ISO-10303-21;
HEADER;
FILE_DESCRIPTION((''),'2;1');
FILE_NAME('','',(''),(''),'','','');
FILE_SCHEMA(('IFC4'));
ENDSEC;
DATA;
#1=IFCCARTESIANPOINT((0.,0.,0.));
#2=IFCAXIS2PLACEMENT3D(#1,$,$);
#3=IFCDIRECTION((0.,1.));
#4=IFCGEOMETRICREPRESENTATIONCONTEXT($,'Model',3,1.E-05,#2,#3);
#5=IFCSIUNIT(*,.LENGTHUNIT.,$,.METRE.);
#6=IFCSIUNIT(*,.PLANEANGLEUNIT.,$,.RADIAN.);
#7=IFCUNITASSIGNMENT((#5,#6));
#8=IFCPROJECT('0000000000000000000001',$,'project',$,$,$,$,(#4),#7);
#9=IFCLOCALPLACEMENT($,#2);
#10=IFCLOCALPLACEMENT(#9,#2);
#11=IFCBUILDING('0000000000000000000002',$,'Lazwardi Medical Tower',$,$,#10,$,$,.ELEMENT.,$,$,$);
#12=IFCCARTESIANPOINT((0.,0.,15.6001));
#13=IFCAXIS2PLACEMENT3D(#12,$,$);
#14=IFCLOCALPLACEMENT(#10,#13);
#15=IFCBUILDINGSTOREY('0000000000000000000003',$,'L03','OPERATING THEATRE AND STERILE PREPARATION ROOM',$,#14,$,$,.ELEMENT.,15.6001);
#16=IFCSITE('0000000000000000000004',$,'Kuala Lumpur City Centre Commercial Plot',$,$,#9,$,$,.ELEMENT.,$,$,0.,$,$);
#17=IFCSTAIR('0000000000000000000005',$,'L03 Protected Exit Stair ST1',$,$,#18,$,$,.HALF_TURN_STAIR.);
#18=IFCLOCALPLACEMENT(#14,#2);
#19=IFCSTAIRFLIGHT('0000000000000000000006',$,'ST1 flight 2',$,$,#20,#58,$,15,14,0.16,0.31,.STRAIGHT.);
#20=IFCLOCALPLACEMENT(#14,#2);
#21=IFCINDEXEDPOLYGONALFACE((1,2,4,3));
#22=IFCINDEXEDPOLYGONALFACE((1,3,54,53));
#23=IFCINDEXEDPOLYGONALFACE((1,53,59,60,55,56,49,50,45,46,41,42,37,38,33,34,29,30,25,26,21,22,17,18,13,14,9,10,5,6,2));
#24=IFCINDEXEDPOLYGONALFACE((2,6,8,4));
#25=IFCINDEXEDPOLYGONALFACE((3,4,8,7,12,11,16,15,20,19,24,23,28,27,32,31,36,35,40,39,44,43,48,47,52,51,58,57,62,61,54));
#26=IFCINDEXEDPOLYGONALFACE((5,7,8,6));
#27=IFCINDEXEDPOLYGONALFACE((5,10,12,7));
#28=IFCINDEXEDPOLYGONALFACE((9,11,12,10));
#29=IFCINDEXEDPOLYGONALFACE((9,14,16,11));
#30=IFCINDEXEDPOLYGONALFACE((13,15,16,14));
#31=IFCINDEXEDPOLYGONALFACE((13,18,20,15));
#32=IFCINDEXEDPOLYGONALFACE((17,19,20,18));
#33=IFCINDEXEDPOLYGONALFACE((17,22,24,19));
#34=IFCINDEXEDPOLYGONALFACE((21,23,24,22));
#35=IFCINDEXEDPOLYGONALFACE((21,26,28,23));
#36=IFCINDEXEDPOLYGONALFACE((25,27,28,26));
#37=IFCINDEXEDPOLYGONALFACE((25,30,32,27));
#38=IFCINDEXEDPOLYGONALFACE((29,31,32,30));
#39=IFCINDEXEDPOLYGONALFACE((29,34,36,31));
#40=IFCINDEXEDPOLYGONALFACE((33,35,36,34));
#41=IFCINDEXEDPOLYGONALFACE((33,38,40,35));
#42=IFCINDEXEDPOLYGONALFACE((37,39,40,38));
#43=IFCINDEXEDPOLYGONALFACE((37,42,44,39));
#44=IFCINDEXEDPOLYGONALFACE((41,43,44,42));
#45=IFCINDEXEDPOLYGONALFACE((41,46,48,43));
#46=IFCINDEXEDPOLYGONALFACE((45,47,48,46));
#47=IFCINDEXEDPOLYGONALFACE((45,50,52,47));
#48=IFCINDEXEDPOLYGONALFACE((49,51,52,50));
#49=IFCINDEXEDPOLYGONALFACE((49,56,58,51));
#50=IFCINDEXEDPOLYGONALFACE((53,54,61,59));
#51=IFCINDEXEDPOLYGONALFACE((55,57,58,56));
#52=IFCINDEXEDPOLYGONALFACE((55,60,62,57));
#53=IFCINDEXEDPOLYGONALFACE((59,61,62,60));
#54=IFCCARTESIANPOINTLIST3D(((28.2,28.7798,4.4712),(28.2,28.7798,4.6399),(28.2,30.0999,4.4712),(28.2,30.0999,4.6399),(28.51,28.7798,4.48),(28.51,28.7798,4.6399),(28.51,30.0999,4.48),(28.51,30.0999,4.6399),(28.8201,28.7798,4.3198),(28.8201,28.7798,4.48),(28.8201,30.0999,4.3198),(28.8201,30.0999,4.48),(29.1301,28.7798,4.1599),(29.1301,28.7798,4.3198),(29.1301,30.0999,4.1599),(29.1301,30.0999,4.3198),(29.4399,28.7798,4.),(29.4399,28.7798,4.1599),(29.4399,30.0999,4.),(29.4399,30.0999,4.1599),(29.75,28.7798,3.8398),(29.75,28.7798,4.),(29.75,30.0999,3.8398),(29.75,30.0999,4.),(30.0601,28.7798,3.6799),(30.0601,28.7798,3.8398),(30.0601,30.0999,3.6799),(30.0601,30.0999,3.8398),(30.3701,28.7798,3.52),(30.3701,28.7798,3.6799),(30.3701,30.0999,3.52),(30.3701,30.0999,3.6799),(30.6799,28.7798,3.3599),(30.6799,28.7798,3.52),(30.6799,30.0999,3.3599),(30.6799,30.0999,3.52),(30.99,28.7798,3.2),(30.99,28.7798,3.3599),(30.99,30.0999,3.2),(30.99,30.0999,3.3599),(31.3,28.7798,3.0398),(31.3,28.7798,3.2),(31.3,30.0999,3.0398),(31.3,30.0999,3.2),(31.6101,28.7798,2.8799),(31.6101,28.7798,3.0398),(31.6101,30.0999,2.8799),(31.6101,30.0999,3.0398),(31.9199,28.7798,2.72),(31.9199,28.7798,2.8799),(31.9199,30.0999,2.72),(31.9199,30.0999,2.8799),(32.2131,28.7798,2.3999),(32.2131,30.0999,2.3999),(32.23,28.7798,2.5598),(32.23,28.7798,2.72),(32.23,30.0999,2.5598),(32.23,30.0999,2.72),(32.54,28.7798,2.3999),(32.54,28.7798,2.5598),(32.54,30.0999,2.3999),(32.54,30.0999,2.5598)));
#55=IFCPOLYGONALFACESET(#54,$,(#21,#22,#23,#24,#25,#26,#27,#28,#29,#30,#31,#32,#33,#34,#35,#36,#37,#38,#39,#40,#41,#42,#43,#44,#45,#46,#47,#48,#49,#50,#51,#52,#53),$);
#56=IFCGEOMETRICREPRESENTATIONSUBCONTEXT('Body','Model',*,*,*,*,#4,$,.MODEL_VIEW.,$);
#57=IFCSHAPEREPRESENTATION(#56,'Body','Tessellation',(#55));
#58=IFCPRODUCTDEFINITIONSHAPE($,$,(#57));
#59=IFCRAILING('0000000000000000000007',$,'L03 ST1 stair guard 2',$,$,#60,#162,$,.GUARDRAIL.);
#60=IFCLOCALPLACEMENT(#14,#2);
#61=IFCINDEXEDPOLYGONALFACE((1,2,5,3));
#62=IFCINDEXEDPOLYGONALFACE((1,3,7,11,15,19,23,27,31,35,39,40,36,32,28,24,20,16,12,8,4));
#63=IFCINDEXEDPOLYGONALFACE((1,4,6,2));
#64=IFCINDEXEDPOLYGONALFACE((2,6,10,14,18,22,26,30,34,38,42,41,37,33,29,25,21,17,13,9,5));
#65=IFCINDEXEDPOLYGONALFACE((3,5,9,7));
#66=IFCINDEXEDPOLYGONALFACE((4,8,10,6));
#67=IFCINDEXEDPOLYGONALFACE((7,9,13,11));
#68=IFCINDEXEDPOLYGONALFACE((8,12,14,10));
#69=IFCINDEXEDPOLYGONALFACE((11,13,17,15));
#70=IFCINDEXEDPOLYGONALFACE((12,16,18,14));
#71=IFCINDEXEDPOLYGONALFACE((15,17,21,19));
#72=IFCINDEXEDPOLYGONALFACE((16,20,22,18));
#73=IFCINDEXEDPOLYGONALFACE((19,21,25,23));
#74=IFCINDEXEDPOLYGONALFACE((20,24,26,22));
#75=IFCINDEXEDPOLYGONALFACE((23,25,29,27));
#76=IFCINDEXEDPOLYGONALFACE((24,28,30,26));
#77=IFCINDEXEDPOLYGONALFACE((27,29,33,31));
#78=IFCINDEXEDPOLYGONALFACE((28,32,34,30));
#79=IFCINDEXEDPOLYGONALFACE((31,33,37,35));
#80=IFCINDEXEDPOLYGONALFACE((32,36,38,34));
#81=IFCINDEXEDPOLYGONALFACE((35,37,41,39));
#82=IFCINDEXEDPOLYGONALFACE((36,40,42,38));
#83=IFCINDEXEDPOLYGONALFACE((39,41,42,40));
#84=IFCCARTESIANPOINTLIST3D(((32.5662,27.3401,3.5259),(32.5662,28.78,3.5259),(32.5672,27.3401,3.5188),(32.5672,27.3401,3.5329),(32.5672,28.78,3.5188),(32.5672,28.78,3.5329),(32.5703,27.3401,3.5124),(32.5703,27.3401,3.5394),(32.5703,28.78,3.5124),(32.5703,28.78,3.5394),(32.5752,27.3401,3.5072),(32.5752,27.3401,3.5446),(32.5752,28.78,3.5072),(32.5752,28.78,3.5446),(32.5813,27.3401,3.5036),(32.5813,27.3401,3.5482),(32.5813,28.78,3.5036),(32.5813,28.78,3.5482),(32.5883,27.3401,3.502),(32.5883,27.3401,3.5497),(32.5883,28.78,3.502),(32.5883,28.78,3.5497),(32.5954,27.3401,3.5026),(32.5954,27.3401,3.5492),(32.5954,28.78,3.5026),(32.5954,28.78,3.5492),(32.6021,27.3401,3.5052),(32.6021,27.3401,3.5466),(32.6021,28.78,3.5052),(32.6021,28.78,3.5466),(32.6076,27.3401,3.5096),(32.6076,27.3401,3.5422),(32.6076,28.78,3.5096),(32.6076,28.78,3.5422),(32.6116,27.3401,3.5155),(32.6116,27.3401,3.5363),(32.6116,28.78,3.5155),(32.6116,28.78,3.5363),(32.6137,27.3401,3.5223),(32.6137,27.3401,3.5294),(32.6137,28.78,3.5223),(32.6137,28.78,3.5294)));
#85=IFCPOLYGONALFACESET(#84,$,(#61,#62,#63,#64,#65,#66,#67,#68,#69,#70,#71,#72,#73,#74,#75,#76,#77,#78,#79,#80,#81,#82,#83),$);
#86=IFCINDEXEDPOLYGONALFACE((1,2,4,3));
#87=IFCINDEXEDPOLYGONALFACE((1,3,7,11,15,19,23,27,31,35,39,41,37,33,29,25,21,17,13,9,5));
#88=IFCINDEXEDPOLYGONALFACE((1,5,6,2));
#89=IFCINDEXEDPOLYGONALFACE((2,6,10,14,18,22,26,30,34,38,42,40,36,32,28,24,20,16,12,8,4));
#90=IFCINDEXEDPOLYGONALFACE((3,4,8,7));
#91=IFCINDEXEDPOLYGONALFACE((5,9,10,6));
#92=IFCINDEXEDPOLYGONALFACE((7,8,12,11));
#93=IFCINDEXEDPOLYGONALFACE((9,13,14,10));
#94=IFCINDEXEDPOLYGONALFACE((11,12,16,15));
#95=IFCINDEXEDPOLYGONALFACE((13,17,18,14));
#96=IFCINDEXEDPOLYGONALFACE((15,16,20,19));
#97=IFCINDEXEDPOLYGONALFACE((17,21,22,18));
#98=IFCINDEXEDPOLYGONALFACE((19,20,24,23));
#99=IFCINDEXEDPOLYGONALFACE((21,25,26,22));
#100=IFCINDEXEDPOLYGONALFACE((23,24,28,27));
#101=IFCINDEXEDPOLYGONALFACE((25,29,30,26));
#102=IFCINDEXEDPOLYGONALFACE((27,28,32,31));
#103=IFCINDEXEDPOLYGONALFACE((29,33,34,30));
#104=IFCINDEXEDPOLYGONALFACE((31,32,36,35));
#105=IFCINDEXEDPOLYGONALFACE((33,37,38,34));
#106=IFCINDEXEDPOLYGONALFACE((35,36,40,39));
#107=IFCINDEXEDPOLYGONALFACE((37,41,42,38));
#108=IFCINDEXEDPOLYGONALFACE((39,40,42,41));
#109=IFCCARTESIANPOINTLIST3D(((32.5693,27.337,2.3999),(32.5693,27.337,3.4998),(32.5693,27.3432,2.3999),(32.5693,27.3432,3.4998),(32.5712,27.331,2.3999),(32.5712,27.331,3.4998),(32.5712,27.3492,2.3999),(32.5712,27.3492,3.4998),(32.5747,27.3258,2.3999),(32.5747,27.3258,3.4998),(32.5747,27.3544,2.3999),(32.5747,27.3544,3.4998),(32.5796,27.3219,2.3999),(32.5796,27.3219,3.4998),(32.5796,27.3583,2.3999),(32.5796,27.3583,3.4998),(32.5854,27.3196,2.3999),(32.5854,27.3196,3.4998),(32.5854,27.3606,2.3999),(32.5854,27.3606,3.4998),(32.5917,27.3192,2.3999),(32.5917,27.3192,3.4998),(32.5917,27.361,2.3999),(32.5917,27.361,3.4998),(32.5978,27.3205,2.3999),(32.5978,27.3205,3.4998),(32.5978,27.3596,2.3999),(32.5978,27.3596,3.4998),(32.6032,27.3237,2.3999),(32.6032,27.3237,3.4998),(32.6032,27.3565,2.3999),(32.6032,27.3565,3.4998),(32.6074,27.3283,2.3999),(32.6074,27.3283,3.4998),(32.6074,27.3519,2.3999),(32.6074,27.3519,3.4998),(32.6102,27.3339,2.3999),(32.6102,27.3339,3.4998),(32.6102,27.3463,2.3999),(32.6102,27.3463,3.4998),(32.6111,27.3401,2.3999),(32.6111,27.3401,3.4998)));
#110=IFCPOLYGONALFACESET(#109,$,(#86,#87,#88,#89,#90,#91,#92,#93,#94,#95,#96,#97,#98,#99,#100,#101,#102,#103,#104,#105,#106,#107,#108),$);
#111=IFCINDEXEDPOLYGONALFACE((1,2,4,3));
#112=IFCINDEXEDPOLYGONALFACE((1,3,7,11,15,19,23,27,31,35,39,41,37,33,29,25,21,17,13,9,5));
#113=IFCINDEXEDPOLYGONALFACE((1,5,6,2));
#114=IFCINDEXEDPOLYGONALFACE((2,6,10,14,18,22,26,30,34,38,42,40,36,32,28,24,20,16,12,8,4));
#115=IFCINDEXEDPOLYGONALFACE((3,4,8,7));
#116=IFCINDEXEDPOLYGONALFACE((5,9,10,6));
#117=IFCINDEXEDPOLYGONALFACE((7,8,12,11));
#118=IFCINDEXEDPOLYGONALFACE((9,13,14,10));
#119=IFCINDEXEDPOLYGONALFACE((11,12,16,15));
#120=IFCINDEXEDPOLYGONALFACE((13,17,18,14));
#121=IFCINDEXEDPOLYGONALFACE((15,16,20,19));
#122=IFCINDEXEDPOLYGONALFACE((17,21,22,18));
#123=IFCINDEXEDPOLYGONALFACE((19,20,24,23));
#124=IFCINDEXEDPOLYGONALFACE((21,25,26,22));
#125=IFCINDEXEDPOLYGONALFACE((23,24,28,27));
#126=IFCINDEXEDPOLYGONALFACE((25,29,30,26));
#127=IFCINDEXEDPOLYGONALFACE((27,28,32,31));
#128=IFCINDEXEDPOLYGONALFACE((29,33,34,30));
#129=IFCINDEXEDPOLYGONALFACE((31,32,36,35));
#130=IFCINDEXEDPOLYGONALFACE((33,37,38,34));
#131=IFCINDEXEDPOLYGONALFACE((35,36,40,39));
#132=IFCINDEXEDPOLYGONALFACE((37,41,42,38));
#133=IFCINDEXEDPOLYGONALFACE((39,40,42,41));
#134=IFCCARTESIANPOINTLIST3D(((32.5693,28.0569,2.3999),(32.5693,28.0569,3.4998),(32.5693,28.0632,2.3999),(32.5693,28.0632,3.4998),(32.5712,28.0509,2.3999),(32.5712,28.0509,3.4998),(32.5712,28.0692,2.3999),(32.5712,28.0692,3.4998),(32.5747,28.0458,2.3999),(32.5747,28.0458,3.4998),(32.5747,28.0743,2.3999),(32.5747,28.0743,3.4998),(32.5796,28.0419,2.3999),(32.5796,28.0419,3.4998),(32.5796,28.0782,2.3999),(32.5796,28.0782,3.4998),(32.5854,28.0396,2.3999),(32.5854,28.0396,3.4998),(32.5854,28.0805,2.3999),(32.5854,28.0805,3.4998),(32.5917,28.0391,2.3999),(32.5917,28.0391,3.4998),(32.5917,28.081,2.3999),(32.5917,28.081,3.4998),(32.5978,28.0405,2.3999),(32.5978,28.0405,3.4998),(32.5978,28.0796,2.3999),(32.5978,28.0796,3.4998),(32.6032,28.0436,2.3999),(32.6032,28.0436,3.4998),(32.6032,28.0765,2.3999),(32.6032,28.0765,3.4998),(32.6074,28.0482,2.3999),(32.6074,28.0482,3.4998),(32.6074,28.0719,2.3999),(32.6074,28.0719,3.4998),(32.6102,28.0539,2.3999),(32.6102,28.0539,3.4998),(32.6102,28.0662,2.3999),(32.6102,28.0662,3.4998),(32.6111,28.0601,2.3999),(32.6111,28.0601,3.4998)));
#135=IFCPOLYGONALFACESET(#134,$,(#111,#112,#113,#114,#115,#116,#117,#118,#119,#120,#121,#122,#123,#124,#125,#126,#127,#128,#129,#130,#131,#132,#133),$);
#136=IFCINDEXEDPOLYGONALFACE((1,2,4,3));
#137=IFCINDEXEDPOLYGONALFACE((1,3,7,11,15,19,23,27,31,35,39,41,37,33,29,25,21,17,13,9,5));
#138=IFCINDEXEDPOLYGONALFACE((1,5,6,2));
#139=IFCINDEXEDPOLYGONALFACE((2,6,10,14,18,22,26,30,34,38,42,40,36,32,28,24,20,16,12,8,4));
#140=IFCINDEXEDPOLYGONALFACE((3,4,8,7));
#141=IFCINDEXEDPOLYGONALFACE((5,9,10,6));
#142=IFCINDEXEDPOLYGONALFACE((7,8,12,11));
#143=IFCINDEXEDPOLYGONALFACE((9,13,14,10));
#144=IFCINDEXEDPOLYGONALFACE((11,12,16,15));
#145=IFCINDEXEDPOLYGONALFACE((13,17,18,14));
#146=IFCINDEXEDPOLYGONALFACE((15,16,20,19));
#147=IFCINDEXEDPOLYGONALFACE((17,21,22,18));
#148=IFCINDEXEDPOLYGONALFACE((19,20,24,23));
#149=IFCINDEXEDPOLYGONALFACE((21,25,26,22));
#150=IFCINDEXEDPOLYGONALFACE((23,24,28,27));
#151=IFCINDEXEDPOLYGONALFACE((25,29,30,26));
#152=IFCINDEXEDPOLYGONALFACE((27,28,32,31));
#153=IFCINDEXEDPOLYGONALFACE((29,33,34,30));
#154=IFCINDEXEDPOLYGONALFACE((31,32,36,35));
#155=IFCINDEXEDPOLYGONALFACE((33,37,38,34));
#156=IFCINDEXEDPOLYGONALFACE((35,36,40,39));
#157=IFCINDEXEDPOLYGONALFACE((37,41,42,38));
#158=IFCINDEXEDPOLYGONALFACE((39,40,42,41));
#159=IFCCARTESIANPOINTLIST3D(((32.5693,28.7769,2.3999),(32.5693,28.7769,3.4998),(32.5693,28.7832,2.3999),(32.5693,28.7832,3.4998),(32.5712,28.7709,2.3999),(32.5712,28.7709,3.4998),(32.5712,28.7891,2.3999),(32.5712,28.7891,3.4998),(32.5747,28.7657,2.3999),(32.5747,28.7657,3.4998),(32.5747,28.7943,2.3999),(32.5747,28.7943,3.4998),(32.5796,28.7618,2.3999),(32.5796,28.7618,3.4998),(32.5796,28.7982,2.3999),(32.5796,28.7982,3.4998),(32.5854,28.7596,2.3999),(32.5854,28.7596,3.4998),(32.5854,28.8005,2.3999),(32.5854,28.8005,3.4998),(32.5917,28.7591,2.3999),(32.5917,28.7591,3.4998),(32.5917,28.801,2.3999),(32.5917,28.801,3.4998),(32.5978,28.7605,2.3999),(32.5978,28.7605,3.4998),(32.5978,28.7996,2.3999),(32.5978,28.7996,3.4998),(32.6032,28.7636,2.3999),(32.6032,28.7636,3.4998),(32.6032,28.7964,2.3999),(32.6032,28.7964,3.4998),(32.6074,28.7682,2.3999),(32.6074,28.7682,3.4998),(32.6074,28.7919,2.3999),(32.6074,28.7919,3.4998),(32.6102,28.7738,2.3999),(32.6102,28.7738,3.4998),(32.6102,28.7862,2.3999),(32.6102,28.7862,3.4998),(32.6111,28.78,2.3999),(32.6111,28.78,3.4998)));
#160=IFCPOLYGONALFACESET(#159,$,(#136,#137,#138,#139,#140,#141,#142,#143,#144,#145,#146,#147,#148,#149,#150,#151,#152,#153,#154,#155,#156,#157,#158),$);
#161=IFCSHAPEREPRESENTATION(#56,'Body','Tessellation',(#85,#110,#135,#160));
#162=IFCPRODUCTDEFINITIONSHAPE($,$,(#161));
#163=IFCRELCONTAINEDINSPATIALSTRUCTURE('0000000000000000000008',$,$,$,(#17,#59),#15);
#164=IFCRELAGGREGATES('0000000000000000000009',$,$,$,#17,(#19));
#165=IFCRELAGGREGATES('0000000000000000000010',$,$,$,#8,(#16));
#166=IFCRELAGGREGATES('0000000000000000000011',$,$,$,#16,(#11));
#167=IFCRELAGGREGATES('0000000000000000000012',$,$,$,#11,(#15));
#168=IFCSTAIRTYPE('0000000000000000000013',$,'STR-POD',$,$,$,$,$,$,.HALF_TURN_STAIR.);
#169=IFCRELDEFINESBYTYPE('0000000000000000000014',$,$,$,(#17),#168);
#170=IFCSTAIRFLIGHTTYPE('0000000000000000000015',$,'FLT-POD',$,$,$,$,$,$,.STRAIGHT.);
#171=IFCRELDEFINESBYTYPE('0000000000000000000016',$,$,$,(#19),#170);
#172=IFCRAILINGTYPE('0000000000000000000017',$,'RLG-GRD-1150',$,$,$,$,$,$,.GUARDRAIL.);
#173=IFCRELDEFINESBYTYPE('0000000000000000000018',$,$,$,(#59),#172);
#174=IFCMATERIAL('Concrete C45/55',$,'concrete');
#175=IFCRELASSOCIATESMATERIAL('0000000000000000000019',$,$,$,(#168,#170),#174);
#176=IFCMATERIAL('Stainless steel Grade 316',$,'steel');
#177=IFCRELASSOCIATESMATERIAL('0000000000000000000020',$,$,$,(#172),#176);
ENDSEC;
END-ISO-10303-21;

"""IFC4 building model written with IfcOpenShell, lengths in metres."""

from ifc_helpers import new_model, si_unit, direction, frame, origin, origin_2d, place, context, subcontext, project, spatial, polyline, circle, outline, extrude, material, type_object, element, aggregate, save


model = new_model("IFC4")

# Units and contexts
model_context = context("Model", 3, precision=1e-05, world=origin(), true_north=direction((0.0, 1.0)))
body_context = subcontext(model_context, "Body", "Model", "MODEL_VIEW")
ifc_project = project(units=[si_unit("LENGTHUNIT", "METRE"), si_unit("PLANEANGLEUNIT", "RADIAN")], contexts=[model_context])

# Site, building, storey
site_placement = place(None, origin())
site = spatial("IfcSite", under=ifc_project, at=site_placement, Name="Kuala Lumpur City Centre Commercial Plot", CompositionType="ELEMENT", RefElevation=0.0)
building_placement = place(site_placement, origin())
building = spatial("IfcBuilding", under=site, at=building_placement, Name="Lazwardi Medical Tower", CompositionType="ELEMENT")
storey_placement = place(building_placement, frame((0.0, 0.0, 15.6001)))
storey = spatial("IfcBuildingStorey", under=building, at=storey_placement, Name="L03", Description="OPERATING THEATRE AND STERILE PREPARATION ROOM", CompositionType="ELEMENT", Elevation=15.6001)

# Stair, stair flight
ifc_material_1 = material(Name="Concrete C45/55", Category="concrete")
stair_type = type_object("IfcStairType", Name="STR-POD", PredefinedType="HALF_TURN_STAIR", material=ifc_material_1)
stair_placement = place(storey_placement, origin())
stair = element("IfcStair", 1, at=stair_placement, inside=storey, type_object=stair_type, Name="L03 Protected Exit Stair ST1", PredefinedType="HALF_TURN_STAIR")
stair_flight_type = type_object("IfcStairFlightType", Name="FLT-POD", PredefinedType="STRAIGHT", material=ifc_material_1)
stair_flight_placement = place(storey_placement, frame((32.54, 29.4399, 2.3999), z_axis=(0.0, 0.0, 1.0), x_axis=(-1.0, 0.0, 0.0)))
stair_flight = element("IfcStairFlight", 2, at=stair_flight_placement, type_object=stair_flight_type, Name="ST1 flight 2", NumberOfRisers=15, NumberOfTreads=14, PredefinedType="STRAIGHT", RiserHeight=0.16, TreadLength=0.31, context=body_context, shape_type="SweptSolid", body=[
    extrude(outline(polyline([(0.0, 0.0), (0.0, 0.1599), (0.3101, 0.1599), (0.3101, 0.3201), (0.6201, 0.3201), (0.6201, 0.48), (0.9299, 0.48), (0.9299, 0.6399), (1.24, 0.6399), (1.24, 0.8), (1.55, 0.8), (1.55, 0.96), (1.8601, 0.96), (1.8601, 1.1201), (2.1699, 1.1201), (2.1699, 1.28), (2.48, 1.28), (2.48, 1.4399), (2.79, 1.4399), (2.79, 1.6001), (3.1001, 1.6001), (3.1001, 1.76), (3.4099, 1.76), (3.4099, 1.9199), (3.72, 1.9199), (3.72, 2.0801), (4.03, 2.0801), (4.03, 2.24), (4.3401, 2.24), (4.3401, 2.3999), (4.3401, 2.0713), (0.3269, 0.0), (0.0, 0.0)])), frame((0.0, 0.6602, 0.0), z_axis=(0.0, -1.0, 0.0), x_axis=(1.0, 0.0, 0.0)), (0.0, 0.0, 1.0), 1.3201),
])
aggregate(stair, [stair_flight])

# Railing
ifc_material_2 = material(Name="Stainless steel Grade 316", Category="steel")
railing_type_1 = type_object("IfcRailingType", Name="RLG-GRD-1150", PredefinedType="GUARDRAIL", material=ifc_material_2)
railing_1_placement = place(storey_placement, frame((32.5901, 27.3401, 2.3999)))
element("IfcRailing", 3, at=railing_1_placement, inside=storey, type_object=railing_type_1, Name="L03 ST1 stair guard 2", PredefinedType="GUARDRAIL", context=body_context, shape_type="SweptSolid", body=[
    extrude(circle(Radius=0.0239, at=origin_2d()), frame((0.0, 0.0, 1.126), z_axis=(0.0, 1.0, 0.0), x_axis=(-1.0, 0.0, 0.0)), (0.0, 0.0, 1.0), 1.4399),
    extrude(circle(Radius=0.021, at=origin_2d()), origin(), (0.0, 0.0, 1.0), 1.0999),
    extrude(circle(Radius=0.021, at=origin_2d()), frame((0.0, 0.72, 0.0)), (0.0, 0.0, 1.0), 1.0999),
    extrude(circle(Radius=0.021, at=origin_2d()), frame((0.0, 1.4399, 0.0)), (0.0, 0.0, 1.0), 1.0999),
])

save(model, "model.ifc")
